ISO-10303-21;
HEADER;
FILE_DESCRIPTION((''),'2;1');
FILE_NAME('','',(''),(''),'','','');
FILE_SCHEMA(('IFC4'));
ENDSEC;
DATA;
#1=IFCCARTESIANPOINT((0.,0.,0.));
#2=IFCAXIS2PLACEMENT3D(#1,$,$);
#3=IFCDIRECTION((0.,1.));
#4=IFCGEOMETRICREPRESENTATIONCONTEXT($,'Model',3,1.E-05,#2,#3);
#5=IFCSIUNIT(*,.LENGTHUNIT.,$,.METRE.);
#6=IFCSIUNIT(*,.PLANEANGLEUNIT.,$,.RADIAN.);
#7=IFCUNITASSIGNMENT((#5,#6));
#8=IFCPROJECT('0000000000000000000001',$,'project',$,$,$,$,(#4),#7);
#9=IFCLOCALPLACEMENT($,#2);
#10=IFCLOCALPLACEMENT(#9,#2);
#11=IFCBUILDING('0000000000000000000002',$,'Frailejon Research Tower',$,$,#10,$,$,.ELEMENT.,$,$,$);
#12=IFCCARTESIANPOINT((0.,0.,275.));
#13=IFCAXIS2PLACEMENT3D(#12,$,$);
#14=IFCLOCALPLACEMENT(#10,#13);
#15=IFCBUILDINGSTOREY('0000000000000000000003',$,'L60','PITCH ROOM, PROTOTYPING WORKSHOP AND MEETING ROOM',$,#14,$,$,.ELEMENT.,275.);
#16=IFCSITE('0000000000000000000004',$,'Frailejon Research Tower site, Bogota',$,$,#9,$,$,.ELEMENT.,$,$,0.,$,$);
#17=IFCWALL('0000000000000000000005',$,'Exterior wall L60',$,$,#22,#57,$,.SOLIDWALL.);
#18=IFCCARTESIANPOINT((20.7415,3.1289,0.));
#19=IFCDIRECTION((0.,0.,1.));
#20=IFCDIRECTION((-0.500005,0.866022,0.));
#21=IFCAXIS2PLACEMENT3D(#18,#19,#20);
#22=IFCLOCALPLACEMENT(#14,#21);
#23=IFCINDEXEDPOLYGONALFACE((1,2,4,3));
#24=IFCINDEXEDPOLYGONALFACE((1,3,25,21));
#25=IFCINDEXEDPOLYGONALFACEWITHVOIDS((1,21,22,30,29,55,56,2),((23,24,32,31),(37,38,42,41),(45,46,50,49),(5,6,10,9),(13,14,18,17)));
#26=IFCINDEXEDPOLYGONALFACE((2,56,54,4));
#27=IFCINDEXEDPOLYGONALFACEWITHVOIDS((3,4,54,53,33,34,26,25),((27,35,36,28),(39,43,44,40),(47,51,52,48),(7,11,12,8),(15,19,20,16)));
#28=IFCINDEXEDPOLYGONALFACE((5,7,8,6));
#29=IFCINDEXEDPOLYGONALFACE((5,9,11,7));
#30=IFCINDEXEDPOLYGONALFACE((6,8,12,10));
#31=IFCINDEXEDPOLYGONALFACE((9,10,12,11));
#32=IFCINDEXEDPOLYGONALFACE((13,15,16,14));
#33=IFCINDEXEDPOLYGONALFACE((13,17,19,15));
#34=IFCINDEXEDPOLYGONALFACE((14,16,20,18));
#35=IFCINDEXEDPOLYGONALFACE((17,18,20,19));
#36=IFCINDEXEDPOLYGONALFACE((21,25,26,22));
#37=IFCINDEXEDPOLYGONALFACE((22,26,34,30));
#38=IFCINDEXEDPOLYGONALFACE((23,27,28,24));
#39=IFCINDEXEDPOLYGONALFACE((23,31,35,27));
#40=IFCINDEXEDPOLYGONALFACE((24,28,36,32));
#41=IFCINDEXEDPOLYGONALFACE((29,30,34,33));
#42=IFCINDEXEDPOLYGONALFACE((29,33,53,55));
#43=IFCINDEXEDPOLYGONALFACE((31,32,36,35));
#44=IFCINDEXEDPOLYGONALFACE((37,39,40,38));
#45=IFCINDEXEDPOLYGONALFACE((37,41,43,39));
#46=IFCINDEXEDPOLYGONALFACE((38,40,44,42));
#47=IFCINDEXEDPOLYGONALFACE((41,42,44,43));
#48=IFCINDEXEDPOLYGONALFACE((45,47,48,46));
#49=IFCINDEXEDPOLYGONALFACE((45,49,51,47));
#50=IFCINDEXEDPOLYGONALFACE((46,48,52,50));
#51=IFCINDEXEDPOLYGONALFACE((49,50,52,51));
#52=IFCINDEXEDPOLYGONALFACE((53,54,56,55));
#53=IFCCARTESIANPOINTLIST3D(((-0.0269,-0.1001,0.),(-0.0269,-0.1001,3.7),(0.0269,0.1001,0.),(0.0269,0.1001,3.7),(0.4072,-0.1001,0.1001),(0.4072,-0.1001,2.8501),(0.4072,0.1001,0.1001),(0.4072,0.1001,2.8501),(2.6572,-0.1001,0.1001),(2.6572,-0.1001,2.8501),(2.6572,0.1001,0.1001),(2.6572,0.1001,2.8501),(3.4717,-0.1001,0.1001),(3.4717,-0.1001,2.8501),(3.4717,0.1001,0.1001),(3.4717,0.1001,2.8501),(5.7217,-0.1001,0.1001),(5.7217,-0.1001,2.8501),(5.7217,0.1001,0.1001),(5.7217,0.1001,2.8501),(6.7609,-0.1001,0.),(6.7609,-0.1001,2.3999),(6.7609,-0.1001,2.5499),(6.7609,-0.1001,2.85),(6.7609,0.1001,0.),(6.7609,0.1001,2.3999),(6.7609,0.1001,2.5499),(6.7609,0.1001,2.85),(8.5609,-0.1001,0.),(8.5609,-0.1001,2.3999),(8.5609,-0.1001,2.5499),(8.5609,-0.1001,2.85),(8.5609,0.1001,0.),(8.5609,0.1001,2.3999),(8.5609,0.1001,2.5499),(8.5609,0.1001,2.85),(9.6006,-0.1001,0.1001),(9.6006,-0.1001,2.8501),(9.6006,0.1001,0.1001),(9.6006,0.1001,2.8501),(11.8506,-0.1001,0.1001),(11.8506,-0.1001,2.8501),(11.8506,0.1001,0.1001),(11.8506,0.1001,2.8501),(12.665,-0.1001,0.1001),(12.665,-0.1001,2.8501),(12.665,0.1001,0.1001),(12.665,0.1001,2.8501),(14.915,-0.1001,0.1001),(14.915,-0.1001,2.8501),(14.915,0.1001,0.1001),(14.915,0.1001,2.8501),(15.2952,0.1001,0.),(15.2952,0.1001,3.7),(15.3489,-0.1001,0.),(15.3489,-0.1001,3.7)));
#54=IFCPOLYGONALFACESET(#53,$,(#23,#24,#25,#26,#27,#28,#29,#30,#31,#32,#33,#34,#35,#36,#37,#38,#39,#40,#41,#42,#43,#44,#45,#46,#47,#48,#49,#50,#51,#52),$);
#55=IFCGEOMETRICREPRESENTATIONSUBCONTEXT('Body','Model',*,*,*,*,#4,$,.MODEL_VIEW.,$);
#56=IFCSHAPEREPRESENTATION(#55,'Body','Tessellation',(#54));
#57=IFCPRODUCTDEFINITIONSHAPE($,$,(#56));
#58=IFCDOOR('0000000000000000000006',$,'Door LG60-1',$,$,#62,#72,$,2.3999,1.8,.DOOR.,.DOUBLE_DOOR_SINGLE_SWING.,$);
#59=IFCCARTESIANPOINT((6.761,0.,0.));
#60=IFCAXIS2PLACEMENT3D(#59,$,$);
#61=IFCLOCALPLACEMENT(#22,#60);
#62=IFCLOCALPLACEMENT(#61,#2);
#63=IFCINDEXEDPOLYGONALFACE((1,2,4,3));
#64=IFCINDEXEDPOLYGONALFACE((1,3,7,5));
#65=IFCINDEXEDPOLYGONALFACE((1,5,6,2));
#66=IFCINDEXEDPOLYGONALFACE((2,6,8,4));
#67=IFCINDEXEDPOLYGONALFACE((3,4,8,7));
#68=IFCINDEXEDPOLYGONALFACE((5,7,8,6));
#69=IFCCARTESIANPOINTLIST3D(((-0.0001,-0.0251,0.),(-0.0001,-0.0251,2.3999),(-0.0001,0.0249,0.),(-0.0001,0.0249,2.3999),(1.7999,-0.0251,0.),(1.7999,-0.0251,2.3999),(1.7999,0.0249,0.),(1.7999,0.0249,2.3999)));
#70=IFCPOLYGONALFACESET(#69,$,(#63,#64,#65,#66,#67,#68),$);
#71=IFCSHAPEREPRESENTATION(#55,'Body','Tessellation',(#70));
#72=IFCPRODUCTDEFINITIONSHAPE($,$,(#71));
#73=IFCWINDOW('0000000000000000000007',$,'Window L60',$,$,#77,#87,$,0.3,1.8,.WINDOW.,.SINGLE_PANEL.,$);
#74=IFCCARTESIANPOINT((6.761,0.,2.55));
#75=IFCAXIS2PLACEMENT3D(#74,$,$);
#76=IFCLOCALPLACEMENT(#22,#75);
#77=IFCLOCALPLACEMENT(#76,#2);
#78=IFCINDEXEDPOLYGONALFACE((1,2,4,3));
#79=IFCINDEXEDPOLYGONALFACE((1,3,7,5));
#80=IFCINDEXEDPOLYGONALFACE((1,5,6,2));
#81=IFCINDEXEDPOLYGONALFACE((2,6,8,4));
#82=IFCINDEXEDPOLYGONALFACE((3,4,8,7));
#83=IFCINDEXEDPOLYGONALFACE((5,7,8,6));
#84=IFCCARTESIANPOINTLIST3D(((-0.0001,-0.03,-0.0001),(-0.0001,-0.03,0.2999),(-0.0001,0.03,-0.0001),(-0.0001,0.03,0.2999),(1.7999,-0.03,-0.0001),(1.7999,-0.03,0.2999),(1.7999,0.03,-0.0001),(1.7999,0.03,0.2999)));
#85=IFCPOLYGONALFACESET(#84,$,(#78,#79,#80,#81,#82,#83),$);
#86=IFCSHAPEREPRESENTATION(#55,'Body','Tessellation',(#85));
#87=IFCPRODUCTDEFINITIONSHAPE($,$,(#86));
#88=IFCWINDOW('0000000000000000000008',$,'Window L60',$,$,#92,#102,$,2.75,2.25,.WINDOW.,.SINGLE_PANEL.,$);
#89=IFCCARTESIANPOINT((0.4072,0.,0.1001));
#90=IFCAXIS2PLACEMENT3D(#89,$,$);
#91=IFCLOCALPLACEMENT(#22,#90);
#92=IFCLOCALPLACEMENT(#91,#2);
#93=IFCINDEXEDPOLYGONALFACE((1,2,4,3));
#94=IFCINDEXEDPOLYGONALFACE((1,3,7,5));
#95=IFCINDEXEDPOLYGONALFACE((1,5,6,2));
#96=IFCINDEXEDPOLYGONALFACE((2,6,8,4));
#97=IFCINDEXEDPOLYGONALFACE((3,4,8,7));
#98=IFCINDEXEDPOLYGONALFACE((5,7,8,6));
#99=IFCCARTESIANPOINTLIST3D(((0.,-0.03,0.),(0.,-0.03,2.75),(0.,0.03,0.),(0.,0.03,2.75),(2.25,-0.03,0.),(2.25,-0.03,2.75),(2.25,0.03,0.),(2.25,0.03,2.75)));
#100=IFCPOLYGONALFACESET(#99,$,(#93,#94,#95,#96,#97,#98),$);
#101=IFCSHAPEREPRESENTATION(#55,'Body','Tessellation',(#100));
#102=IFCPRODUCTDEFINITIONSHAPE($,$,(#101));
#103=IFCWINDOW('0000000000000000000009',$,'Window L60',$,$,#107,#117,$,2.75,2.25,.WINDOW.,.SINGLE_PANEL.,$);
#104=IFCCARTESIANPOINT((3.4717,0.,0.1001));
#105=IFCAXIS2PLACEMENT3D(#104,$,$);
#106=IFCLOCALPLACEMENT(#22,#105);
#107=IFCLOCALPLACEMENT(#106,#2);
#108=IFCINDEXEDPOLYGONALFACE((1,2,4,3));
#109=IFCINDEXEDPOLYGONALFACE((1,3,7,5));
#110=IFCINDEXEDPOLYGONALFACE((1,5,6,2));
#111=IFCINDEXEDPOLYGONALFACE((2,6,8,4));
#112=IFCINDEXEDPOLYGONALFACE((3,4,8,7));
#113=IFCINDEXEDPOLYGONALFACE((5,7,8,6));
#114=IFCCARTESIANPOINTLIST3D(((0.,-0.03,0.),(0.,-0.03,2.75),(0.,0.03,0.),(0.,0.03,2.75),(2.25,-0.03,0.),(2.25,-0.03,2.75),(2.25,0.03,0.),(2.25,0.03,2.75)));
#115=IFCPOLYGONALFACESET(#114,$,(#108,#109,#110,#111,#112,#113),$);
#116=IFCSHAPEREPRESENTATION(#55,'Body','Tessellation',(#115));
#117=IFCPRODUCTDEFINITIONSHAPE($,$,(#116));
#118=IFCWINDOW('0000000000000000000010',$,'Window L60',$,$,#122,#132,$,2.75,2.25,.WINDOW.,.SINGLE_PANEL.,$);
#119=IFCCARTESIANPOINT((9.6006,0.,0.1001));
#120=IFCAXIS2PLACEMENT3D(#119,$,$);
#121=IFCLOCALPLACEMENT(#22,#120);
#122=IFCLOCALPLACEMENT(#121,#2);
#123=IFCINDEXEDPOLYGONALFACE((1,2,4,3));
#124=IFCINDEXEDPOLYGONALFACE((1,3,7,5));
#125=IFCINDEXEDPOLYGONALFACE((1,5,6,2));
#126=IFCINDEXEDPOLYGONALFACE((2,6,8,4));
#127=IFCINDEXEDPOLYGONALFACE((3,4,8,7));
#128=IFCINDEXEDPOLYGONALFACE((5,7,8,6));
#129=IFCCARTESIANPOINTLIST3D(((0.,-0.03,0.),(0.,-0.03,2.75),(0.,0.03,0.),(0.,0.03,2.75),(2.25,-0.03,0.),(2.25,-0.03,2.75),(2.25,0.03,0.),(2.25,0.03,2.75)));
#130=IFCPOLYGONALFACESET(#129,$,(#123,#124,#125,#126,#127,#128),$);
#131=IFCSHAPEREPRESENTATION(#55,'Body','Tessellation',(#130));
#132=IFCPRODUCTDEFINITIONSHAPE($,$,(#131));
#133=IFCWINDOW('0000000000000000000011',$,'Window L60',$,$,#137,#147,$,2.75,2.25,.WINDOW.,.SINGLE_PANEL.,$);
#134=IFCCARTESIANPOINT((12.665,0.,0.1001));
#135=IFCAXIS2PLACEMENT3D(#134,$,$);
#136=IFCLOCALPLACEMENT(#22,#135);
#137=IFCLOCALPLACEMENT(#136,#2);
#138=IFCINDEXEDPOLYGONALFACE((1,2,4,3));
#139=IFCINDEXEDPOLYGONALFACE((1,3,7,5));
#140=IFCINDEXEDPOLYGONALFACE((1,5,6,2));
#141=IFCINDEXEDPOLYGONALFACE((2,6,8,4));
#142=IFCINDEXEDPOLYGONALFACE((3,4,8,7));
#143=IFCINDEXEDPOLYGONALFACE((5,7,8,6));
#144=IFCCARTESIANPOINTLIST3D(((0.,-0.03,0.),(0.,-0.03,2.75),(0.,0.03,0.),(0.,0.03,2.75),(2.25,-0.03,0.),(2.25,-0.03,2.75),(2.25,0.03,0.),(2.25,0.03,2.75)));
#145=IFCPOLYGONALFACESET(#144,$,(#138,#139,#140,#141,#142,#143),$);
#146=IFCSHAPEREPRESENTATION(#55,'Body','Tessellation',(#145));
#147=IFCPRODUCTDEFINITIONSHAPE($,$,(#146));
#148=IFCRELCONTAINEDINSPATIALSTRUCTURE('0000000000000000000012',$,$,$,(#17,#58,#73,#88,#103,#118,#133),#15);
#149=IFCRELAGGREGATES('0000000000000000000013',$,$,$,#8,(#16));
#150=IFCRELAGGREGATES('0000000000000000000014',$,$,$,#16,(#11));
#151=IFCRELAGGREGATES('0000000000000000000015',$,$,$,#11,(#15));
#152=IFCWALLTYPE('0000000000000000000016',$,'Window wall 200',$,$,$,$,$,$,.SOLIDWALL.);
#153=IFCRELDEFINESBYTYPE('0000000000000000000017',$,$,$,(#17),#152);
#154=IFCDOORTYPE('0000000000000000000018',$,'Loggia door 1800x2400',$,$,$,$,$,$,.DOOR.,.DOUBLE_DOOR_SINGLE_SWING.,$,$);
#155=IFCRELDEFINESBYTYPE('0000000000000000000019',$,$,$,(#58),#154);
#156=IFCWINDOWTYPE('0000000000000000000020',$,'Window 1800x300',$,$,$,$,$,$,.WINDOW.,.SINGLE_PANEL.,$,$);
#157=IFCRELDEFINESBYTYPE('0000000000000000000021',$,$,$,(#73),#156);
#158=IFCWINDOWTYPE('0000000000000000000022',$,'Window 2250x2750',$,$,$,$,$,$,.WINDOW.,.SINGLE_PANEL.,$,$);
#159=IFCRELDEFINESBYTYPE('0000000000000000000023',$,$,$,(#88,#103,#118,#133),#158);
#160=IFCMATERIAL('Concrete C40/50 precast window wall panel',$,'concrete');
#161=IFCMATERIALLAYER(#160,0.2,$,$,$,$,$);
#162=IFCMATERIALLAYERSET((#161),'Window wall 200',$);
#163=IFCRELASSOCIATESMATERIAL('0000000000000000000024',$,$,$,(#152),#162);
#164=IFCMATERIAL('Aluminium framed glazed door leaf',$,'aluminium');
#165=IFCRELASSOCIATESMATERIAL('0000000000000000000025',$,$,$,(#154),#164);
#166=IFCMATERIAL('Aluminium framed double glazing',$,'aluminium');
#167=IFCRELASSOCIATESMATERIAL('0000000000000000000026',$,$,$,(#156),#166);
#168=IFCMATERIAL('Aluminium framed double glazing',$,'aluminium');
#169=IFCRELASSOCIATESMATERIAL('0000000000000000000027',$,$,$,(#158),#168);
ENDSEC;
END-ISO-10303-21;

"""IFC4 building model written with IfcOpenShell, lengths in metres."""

from ifc_helpers import new_model, si_unit, direction, frame, frame_2d, origin, place, context, subcontext, project, spatial, polyline, rectangle, outline, extrude, material, layer, layer_set, type_object, element, fill, save


model = new_model("IFC4")

# Units and contexts
model_context = context("Model", 3, precision=1e-05, world=origin(), true_north=direction((0.0, 1.0)))
body_context = subcontext(model_context, "Body", "Model", "MODEL_VIEW")
ifc_project = project(units=[si_unit("LENGTHUNIT", "METRE"), si_unit("PLANEANGLEUNIT", "RADIAN")], contexts=[model_context])

# Site, building, storey
site_placement = place(None, origin())
site = spatial("IfcSite", under=ifc_project, at=site_placement, Name="Frailejon Research Tower site, Bogota", CompositionType="ELEMENT", RefElevation=0.0)
building_placement = place(site_placement, origin())
building = spatial("IfcBuilding", under=site, at=building_placement, Name="Frailejon Research Tower", CompositionType="ELEMENT")
storey_placement = place(building_placement, frame((0.0, 0.0, 275.0)))
storey = spatial("IfcBuildingStorey", under=building, at=storey_placement, Name="L60", Description="PITCH ROOM, PROTOTYPING WORKSHOP AND MEETING ROOM", CompositionType="ELEMENT", Elevation=275.0)

# Wall, openings, door, windows
ifc_material_1 = material(Name="Concrete C40/50 precast window wall panel", Category="concrete")
ifc_layer_1 = layer(ifc_material_1, 0.2)
ifc_layer_set_1 = layer_set([ifc_layer_1], Name="Window wall 200")
wall_type = type_object("IfcWallType", Name="Window wall 200", PredefinedType="SOLIDWALL", material=ifc_layer_set_1)
wall_placement = place(storey_placement, frame((20.7415, 3.1289, 0.0), z_axis=(0.0, 0.0, 1.0), x_axis=(-0.500005, 0.866022, 0.0)))
wall = element("IfcWall", 1, at=wall_placement, inside=storey, type_object=wall_type, Name="Exterior wall L60", PredefinedType="SOLIDWALL", context=body_context, shape_type="SweptSolid", body=[
    extrude(outline(polyline([(-0.0269, -0.1001), (0.9983, -0.1001), (2.0232, -0.1001), (3.0483, -0.1001), (4.0732, -0.1001), (5.0984, -0.1001), (6.1235, -0.1001), (7.1484, -0.1001), (8.1736, -0.1001), (9.1985, -0.1001), (10.2236, -0.1001), (11.2488, -0.1001), (12.2737, -0.1001), (13.2988, -0.1001), (14.3237, -0.1001), (15.3489, -0.1001), (15.2952, 0.1001), (14.2773, 0.1001), (13.2593, 0.1001), (12.2415, 0.1001), (11.2236, 0.1001), (10.2058, 0.1001), (9.1877, 0.1001), (8.1699, 0.1001), (7.1521, 0.1001), (6.1343, 0.1001), (5.1162, 0.1001), (4.0984, 0.1001), (3.0806, 0.1001), (2.0627, 0.1001), (1.0447, 0.1001), (0.0269, 0.1001), (-0.0269, -0.1001)])), origin(), (0.0, 0.0, 1.0), 3.7),
])
opening_1_placement = place(wall_placement, frame((0.4072, 0.0, 0.1001)))
opening_1 = element("IfcOpeningElement", 2, at=opening_1_placement, cuts=wall, PredefinedType="OPENING", context=body_context, shape_type="SweptSolid", body=[
    extrude(rectangle(XDim=2.25, YDim=2.75, at=frame_2d((1.125, 1.375))), frame((0.0, 0.1099, 0.0), z_axis=(0.0, -1.0, 0.0), x_axis=(1.0, 0.0, 0.0)), (0.0, 0.0, 1.0), 0.22),
])
opening_2_placement = place(wall_placement, frame((3.4717, 0.0, 0.1001)))
opening_2 = element("IfcOpeningElement", 3, at=opening_2_placement, cuts=wall, PredefinedType="OPENING", context=body_context, shape_type="SweptSolid", body=[
    extrude(rectangle(XDim=2.25, YDim=2.75, at=frame_2d((1.125, 1.375))), frame((0.0, 0.1099, 0.0), z_axis=(0.0, -1.0, 0.0), x_axis=(1.0, 0.0, 0.0)), (0.0, 0.0, 1.0), 0.22),
])
opening_3_placement = place(wall_placement, frame((6.761, 0.0, 0.0)))
opening_3 = element("IfcOpeningElement", 4, at=opening_3_placement, cuts=wall, PredefinedType="OPENING", context=body_context, shape_type="SweptSolid", body=[
    extrude(rectangle(XDim=1.8, YDim=2.3999, at=frame_2d((0.8999, 1.2))), frame((0.0, 0.1099, 0.0), z_axis=(0.0, -1.0, 0.0), x_axis=(1.0, 0.0, 0.0)), (0.0, 0.0, 1.0), 0.22),
])
opening_4_placement = place(wall_placement, frame((6.761, 0.0, 2.55)))
opening_4 = element("IfcOpeningElement", 5, at=opening_4_placement, cuts=wall, PredefinedType="OPENING", context=body_context, shape_type="SweptSolid", body=[
    extrude(rectangle(XDim=1.8, YDim=0.3, at=frame_2d((0.8999, 0.1499))), frame((0.0, 0.1099, 0.0), z_axis=(0.0, -1.0, 0.0), x_axis=(1.0, 0.0, 0.0)), (0.0, 0.0, 1.0), 0.22),
])
opening_5_placement = place(wall_placement, frame((9.6006, 0.0, 0.1001)))
opening_5 = element("IfcOpeningElement", 6, at=opening_5_placement, cuts=wall, PredefinedType="OPENING", context=body_context, shape_type="SweptSolid", body=[
    extrude(rectangle(XDim=2.25, YDim=2.75, at=frame_2d((1.125, 1.375))), frame((0.0, 0.1099, 0.0), z_axis=(0.0, -1.0, 0.0), x_axis=(1.0, 0.0, 0.0)), (0.0, 0.0, 1.0), 0.22),
])
opening_6_placement = place(wall_placement, frame((12.665, 0.0, 0.1001)))
opening_6 = element("IfcOpeningElement", 7, at=opening_6_placement, cuts=wall, PredefinedType="OPENING", context=body_context, shape_type="SweptSolid", body=[
    extrude(rectangle(XDim=2.25, YDim=2.75, at=frame_2d((1.125, 1.375))), frame((0.0, 0.1099, 0.0), z_axis=(0.0, -1.0, 0.0), x_axis=(1.0, 0.0, 0.0)), (0.0, 0.0, 1.0), 0.22),
])
ifc_material_2 = material(Name="Aluminium framed glazed door leaf", Category="aluminium")
door_type = type_object("IfcDoorType", Name="Loggia door 1800x2400", OperationType="DOUBLE_DOOR_SINGLE_SWING", PredefinedType="DOOR", material=ifc_material_2)
door_placement = place(opening_3_placement, origin())
door = element("IfcDoor", 8, at=door_placement, inside=storey, type_object=door_type, Name="Door LG60-1", OperationType="DOUBLE_DOOR_SINGLE_SWING", OverallHeight=2.3999, OverallWidth=1.8, PredefinedType="DOOR", context=body_context, shape_type="SweptSolid", body=[
    extrude(rectangle(XDim=1.8, YDim=2.3999, at=frame_2d((0.8999, 1.2))), frame((0.0, 0.0249, 0.0), z_axis=(0.0, -1.0, 0.0), x_axis=(1.0, 0.0, 0.0)), (0.0, 0.0, 1.0), 0.05),
])
fill(opening_3, door)
ifc_material_3 = material(Name="Aluminium framed double glazing", Category="aluminium")
window_type_1 = type_object("IfcWindowType", Name="Window 1800x300", PartitioningType="SINGLE_PANEL", PredefinedType="WINDOW", material=ifc_material_3)
window_1_placement = place(opening_4_placement, origin())
window_1 = element("IfcWindow", 9, at=window_1_placement, inside=storey, type_object=window_type_1, Name="Window L60", OverallHeight=0.3, OverallWidth=1.8, PartitioningType="SINGLE_PANEL", PredefinedType="WINDOW", context=body_context, shape_type="SweptSolid", body=[
    extrude(rectangle(XDim=1.8, YDim=0.3, at=frame_2d((0.8999, 0.1499))), frame((0.0, 0.03, 0.0), z_axis=(0.0, -1.0, 0.0), x_axis=(1.0, 0.0, 0.0)), (0.0, 0.0, 1.0), 0.0601),
])
fill(opening_4, window_1)
ifc_material_4 = material(Name="Aluminium framed double glazing", Category="aluminium")
window_type_2 = type_object("IfcWindowType", Name="Window 2250x2750", PartitioningType="SINGLE_PANEL", PredefinedType="WINDOW", material=ifc_material_4)
window_2_placement = place(opening_1_placement, origin())
window_2 = element("IfcWindow", 10, at=window_2_placement, inside=storey, type_object=window_type_2, Name="Window L60", OverallHeight=2.75, OverallWidth=2.25, PartitioningType="SINGLE_PANEL", PredefinedType="WINDOW", context=body_context, shape_type="SweptSolid", body=[
    extrude(rectangle(XDim=2.25, YDim=2.75, at=frame_2d((1.125, 1.375))), frame((0.0, 0.03, 0.0), z_axis=(0.0, -1.0, 0.0), x_axis=(1.0, 0.0, 0.0)), (0.0, 0.0, 1.0), 0.0601),
])
fill(opening_1, window_2)
window_3_placement = place(opening_2_placement, origin())
window_3 = element("IfcWindow", 11, at=window_3_placement, inside=storey, type_object=window_type_2, Name="Window L60", OverallHeight=2.75, OverallWidth=2.25, PartitioningType="SINGLE_PANEL", PredefinedType="WINDOW", context=body_context, shape_type="SweptSolid", body=[
    extrude(rectangle(XDim=2.25, YDim=2.75, at=frame_2d((1.125, 1.375))), frame((0.0, 0.03, 0.0), z_axis=(0.0, -1.0, 0.0), x_axis=(1.0, 0.0, 0.0)), (0.0, 0.0, 1.0), 0.0601),
])
fill(opening_2, window_3)
window_4_placement = place(opening_5_placement, origin())
window_4 = element("IfcWindow", 12, at=window_4_placement, inside=storey, type_object=window_type_2, Name="Window L60", OverallHeight=2.75, OverallWidth=2.25, PartitioningType="SINGLE_PANEL", PredefinedType="WINDOW", context=body_context, shape_type="SweptSolid", body=[
    extrude(rectangle(XDim=2.25, YDim=2.75, at=frame_2d((1.125, 1.375))), frame((0.0, 0.03, 0.0), z_axis=(0.0, -1.0, 0.0), x_axis=(1.0, 0.0, 0.0)), (0.0, 0.0, 1.0), 0.0601),
])
fill(opening_5, window_4)
window_5_placement = place(opening_6_placement, origin())
window_5 = element("IfcWindow", 13, at=window_5_placement, inside=storey, type_object=window_type_2, Name="Window L60", OverallHeight=2.75, OverallWidth=2.25, PartitioningType="SINGLE_PANEL", PredefinedType="WINDOW", context=body_context, shape_type="SweptSolid", body=[
    extrude(rectangle(XDim=2.25, YDim=2.75, at=frame_2d((1.125, 1.375))), frame((0.0, 0.03, 0.0), z_axis=(0.0, -1.0, 0.0), x_axis=(1.0, 0.0, 0.0)), (0.0, 0.0, 1.0), 0.0601),
])
fill(opening_6, window_5)

save(model, "model.ifc")
